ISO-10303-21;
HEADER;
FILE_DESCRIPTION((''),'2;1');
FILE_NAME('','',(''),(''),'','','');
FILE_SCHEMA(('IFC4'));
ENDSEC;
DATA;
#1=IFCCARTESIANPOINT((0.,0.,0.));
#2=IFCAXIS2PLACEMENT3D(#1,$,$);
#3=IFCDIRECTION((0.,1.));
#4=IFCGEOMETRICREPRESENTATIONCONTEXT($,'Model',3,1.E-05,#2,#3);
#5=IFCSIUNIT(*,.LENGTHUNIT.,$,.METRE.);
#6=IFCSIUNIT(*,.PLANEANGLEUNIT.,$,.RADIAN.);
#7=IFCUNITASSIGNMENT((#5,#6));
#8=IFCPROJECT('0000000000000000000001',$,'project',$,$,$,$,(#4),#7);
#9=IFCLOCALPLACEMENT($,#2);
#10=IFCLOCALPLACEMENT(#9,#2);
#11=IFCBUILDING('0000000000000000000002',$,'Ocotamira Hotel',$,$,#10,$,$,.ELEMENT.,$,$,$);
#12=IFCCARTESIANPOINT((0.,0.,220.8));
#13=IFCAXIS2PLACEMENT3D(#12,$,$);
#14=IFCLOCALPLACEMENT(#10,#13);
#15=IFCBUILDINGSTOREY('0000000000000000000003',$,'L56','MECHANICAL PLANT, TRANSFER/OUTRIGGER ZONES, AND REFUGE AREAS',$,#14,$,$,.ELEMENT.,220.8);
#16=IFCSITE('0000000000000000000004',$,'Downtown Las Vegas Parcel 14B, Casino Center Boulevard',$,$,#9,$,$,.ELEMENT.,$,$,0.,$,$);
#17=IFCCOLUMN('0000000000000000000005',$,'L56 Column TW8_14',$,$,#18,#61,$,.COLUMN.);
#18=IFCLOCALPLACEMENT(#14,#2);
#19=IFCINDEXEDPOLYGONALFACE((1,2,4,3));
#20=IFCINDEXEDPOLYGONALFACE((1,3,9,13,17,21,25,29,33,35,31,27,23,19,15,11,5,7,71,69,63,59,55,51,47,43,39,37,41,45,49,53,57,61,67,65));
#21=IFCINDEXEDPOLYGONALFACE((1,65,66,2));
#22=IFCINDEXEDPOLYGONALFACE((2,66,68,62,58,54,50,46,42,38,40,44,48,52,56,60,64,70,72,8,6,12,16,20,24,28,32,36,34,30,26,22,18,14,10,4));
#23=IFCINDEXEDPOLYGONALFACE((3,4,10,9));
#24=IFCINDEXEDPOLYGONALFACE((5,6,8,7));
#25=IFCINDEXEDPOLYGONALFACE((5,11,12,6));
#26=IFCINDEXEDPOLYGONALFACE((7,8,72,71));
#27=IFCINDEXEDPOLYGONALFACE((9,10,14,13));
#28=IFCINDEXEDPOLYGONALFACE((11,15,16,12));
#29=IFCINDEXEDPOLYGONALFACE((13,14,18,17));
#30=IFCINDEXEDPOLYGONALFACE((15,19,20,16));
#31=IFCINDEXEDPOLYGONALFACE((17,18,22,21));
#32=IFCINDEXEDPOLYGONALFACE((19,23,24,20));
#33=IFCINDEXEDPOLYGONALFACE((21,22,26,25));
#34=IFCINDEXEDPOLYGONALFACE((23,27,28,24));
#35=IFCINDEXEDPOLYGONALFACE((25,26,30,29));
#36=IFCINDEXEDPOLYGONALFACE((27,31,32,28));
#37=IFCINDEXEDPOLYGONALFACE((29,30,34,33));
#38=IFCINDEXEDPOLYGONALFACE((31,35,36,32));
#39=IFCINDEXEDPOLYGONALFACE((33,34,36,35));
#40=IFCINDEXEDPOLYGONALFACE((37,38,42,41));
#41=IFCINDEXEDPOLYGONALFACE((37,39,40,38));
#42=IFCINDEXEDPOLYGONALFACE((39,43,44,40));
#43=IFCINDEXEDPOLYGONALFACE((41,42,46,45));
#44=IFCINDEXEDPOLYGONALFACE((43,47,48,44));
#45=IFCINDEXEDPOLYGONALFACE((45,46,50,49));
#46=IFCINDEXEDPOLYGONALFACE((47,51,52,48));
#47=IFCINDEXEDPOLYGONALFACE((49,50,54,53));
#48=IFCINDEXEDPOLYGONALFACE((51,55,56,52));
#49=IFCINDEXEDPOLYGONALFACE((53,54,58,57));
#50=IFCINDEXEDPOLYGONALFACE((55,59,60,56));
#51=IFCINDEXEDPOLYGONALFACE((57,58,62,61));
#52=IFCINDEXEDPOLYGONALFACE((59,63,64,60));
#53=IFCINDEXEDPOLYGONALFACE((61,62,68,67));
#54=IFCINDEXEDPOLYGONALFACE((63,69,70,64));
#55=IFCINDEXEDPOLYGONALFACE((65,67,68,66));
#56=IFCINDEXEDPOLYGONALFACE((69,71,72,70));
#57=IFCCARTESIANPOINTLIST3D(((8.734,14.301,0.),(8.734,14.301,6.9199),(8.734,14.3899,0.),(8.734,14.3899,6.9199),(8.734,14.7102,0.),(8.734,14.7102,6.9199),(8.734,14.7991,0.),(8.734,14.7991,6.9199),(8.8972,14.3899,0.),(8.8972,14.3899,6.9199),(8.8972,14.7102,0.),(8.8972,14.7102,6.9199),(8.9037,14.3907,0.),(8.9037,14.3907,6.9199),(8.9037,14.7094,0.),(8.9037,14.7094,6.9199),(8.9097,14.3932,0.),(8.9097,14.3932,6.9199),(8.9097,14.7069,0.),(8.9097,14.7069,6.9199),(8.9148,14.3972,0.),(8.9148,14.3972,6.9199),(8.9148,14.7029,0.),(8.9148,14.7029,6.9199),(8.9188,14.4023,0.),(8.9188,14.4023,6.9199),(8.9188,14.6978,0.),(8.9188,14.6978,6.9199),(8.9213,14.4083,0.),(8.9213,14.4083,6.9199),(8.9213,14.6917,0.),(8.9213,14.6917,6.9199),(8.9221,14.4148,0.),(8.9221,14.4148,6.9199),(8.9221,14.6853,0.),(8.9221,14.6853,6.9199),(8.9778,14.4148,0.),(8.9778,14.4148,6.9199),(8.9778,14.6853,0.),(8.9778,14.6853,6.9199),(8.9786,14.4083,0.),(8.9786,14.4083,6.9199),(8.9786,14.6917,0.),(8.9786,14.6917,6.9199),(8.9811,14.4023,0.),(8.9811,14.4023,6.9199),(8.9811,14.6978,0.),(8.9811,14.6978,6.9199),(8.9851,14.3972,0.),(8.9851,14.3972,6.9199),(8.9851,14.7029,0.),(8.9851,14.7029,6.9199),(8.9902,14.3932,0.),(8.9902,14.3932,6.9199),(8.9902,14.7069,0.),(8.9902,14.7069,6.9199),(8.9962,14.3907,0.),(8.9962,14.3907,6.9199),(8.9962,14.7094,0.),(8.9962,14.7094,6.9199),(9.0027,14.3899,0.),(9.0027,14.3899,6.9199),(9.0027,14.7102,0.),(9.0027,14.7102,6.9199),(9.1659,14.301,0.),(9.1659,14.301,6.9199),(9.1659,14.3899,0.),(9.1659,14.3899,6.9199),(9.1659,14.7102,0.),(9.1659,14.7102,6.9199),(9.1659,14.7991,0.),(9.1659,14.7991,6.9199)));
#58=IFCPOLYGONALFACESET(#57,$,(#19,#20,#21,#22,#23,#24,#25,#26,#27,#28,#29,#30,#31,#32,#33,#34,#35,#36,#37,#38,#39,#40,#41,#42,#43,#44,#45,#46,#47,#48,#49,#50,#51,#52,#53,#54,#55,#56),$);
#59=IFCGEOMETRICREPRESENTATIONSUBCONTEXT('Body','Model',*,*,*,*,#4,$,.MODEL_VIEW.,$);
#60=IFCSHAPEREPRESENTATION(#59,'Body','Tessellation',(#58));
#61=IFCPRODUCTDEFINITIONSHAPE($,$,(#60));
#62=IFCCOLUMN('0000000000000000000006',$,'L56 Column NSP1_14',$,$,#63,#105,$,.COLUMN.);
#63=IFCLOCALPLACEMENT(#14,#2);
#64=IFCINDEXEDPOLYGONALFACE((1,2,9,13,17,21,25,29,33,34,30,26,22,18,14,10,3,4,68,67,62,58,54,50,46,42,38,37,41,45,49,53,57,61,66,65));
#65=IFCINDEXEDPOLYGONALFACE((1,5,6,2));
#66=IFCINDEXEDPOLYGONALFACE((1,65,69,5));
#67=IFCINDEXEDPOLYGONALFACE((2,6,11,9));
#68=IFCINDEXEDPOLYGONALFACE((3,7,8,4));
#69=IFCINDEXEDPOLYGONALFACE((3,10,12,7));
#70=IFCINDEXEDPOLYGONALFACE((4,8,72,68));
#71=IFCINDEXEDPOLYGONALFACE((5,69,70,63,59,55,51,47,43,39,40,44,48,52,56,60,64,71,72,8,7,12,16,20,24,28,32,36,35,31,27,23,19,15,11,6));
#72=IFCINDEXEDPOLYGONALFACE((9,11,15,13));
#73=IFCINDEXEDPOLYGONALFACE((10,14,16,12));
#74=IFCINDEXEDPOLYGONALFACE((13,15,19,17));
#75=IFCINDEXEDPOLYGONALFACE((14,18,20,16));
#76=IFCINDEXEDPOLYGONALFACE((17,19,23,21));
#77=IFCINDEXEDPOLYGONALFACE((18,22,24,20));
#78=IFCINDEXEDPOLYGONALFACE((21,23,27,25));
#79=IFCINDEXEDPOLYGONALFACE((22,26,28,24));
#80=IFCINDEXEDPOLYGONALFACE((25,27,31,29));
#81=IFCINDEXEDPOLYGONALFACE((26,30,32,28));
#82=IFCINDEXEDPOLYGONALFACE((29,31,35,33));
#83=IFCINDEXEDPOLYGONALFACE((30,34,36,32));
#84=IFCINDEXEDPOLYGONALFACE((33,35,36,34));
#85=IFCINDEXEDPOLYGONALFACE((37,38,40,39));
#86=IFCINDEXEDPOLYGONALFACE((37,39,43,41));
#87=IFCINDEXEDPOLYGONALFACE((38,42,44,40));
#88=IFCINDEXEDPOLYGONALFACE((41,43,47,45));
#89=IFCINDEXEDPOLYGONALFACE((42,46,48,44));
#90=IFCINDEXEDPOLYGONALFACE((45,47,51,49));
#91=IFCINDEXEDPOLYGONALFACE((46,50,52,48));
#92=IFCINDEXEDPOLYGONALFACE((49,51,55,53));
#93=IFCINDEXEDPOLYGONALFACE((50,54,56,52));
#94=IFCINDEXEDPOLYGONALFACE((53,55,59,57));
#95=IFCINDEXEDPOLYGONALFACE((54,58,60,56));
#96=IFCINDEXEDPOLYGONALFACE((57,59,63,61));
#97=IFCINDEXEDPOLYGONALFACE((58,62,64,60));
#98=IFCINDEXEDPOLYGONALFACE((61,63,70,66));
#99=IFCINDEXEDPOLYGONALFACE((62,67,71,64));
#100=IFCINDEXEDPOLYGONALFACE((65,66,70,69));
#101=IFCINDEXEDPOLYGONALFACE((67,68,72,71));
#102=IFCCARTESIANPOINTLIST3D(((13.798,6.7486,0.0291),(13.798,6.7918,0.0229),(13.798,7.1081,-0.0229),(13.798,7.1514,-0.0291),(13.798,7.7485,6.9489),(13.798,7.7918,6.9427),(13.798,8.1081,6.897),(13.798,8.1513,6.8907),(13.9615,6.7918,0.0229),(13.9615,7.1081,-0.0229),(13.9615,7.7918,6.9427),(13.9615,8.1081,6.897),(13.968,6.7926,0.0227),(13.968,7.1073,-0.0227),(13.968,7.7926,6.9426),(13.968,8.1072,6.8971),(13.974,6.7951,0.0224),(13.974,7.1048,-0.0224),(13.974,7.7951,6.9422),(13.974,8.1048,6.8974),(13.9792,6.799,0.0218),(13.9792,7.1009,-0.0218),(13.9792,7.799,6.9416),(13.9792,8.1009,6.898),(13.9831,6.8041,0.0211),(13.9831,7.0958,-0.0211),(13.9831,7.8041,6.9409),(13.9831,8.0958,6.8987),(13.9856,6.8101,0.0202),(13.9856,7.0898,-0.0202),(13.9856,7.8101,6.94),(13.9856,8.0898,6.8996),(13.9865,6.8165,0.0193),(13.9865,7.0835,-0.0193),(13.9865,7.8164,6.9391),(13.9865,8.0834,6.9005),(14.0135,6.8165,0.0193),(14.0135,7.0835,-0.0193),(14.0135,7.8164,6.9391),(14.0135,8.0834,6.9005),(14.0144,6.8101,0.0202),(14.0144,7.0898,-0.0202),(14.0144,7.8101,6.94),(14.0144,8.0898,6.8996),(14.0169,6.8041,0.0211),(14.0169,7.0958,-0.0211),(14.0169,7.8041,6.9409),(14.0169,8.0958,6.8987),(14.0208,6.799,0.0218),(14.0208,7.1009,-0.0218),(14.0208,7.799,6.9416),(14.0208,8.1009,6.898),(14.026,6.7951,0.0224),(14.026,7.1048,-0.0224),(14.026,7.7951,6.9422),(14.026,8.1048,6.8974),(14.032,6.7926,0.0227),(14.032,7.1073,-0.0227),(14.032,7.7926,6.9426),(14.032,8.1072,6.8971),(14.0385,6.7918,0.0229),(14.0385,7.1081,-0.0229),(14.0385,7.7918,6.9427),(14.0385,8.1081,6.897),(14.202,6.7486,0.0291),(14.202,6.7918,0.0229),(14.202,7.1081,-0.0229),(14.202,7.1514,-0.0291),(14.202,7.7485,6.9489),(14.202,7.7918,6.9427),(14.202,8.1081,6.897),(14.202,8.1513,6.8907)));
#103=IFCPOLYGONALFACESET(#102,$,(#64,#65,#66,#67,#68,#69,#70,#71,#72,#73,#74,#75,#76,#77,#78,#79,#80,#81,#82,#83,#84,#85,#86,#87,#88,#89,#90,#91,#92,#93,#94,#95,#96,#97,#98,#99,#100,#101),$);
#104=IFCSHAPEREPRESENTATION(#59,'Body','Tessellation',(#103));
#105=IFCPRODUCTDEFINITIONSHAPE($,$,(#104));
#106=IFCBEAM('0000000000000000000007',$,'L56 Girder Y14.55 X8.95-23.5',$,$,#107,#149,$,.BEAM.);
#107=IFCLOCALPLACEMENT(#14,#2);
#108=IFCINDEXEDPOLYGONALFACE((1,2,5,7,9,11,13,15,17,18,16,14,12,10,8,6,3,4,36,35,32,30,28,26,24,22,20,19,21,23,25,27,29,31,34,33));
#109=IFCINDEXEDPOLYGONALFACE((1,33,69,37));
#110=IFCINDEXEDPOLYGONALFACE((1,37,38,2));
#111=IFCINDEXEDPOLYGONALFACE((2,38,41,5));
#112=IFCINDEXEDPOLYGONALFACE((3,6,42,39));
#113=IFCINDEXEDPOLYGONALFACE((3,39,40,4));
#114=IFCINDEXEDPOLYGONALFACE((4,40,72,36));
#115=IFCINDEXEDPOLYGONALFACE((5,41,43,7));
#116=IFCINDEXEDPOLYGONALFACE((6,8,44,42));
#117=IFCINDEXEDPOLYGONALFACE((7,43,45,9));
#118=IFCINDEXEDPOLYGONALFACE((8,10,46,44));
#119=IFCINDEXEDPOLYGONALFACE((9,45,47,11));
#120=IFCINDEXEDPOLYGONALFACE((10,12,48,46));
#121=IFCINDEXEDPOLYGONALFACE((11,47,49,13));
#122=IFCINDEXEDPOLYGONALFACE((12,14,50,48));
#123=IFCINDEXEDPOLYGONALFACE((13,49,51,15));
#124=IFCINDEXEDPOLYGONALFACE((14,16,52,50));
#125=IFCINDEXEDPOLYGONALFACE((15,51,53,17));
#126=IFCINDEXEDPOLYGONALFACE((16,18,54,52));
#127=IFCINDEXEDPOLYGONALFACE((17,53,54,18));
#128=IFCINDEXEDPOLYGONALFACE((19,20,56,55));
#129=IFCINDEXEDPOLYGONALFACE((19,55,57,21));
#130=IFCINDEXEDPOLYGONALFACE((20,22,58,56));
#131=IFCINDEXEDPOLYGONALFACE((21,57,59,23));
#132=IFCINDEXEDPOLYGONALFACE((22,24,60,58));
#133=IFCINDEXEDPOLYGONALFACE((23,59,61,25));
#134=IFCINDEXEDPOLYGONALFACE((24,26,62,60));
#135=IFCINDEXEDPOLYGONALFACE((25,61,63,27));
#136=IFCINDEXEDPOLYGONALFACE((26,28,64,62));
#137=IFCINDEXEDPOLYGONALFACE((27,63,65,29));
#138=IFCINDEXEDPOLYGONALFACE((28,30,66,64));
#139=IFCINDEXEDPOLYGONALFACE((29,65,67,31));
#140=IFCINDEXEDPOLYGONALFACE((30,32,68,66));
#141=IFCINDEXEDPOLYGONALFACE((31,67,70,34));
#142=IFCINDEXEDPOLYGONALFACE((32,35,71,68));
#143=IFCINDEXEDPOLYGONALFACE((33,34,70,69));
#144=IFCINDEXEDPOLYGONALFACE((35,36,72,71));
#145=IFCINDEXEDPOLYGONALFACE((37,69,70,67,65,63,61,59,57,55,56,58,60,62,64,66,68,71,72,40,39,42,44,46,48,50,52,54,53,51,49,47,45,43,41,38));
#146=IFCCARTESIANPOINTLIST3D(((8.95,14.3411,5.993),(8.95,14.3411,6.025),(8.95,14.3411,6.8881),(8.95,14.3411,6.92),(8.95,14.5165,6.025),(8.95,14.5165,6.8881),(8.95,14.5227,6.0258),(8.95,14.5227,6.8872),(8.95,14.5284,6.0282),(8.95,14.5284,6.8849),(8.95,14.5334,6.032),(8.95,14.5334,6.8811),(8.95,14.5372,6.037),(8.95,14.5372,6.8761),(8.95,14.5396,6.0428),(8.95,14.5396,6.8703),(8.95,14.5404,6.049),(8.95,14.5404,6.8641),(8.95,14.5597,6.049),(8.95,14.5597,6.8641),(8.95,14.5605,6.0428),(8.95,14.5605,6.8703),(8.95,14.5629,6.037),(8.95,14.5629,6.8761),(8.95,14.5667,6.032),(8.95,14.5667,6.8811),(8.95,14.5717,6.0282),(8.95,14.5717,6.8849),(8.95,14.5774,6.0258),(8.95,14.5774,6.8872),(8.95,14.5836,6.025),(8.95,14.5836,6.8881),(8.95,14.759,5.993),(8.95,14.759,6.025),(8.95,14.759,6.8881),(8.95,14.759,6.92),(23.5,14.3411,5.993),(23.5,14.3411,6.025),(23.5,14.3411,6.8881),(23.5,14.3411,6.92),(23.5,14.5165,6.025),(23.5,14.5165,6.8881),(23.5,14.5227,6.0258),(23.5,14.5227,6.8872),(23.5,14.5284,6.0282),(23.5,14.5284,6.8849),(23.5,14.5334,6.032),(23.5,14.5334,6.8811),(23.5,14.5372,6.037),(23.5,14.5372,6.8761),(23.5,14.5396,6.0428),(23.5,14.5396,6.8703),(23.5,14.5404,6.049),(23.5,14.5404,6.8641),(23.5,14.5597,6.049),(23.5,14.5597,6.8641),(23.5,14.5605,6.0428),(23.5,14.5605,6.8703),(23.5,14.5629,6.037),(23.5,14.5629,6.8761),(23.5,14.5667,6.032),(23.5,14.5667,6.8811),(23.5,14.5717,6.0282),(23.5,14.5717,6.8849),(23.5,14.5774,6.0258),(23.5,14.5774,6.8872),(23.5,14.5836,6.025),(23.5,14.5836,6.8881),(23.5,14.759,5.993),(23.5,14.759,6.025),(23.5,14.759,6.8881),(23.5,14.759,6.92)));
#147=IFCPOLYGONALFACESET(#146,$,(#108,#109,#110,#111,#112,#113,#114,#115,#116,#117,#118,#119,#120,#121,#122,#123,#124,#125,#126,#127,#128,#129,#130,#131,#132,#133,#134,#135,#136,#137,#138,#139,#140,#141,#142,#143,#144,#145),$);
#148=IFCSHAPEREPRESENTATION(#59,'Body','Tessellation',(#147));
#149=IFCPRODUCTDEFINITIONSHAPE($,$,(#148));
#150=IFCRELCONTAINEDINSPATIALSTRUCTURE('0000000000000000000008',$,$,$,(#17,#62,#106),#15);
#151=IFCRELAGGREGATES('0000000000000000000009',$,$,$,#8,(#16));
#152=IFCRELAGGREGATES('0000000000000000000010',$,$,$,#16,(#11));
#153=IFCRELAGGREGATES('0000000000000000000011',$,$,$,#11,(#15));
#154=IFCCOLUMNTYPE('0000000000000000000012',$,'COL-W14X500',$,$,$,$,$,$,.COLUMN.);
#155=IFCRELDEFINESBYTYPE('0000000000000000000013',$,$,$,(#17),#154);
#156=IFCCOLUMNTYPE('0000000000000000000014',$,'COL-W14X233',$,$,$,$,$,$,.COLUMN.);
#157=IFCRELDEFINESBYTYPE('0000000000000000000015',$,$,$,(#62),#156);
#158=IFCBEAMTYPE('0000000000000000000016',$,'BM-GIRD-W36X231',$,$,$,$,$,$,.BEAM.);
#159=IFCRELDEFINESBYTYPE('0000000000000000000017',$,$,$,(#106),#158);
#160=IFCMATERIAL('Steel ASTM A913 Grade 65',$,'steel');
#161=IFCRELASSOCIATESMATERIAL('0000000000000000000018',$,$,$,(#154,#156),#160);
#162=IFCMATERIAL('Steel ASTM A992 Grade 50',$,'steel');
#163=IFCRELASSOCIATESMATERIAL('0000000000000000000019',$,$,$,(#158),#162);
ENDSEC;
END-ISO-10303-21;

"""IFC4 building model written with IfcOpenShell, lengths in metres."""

from ifc_helpers import new_model, si_unit, direction, frame, origin, origin_2d, place, context, subcontext, project, spatial, i_section, extrude, source, transform, mapped, material, material_profile, profile_set, type_object, element, save


model = new_model("IFC4")

# Units and contexts
model_context = context("Model", 3, precision=1e-05, world=origin(), true_north=direction((0.0, 1.0)))
body_context = subcontext(model_context, "Body", "Model", "MODEL_VIEW")
ifc_project = project(units=[si_unit("LENGTHUNIT", "METRE"), si_unit("PLANEANGLEUNIT", "RADIAN")], contexts=[model_context])

# Site, building, storey
site_placement = place(None, origin())
site = spatial("IfcSite", under=ifc_project, at=site_placement, Name="Downtown Las Vegas Parcel 14B, Casino Center Boulevard", CompositionType="ELEMENT", RefElevation=0.0)
building_placement = place(site_placement, origin())
building = spatial("IfcBuilding", under=site, at=building_placement, Name="Ocotamira Hotel", CompositionType="ELEMENT")
storey_placement = place(building_placement, frame((0.0, 0.0, 220.8)))
storey = spatial("IfcBuildingStorey", under=building, at=storey_placement, Name="L56", Description="MECHANICAL PLANT, TRANSFER/OUTRIGGER ZONES, AND REFUGE AREAS", CompositionType="ELEMENT", Elevation=220.8)

# Columns
ifc_material_1 = material(Name="Steel ASTM A913 Grade 65", Category="steel")
ifc_material_profile_1 = material_profile(ifc_material_1, i_section(OverallWidth=0.4319, OverallDepth=0.498, WebThickness=0.0557, FlangeThickness=0.0889, FilletRadius=0.0249, at=origin_2d()), Name="W14X500")
ifc_profile_set_1 = profile_set([ifc_material_profile_1], Name="Steel ASTM A913 Grade 65")
column_type_1 = type_object("IfcColumnType", Name="COL-W14X500", PredefinedType="COLUMN", material=ifc_profile_set_1)
shared_shape_1 = source(origin(), body_context, "Body", "SweptSolid", [
    extrude(i_section(OverallWidth=0.4319, OverallDepth=0.498, WebThickness=0.0557, FlangeThickness=0.0889, FilletRadius=0.0249, at=origin_2d()), origin(), (0.0, 0.0, 1.0), 6.9199),
])
column_1_placement = place(storey_placement, frame((8.95, 14.55, 0.0), z_axis=(0.0, 0.0, 1.0), x_axis=(1.0, 0.0, 0.0)))
element("IfcColumn", 1, at=column_1_placement, inside=storey, type_object=column_type_1, Name="L56 Column TW8_14", PredefinedType="COLUMN", context=body_context, shape_type="MappedRepresentation", body=[
    mapped(shared_shape_1, transform((0.0, 0.0, 0.0), scale=1.0)),
])
ifc_material_profile_2 = material_profile(ifc_material_1, i_section(OverallWidth=0.4041, OverallDepth=0.407, WebThickness=0.0271, FlangeThickness=0.0437, FilletRadius=0.0249, at=origin_2d()), Name="W14X233")
ifc_profile_set_2 = profile_set([ifc_material_profile_2], Name="Steel ASTM A913 Grade 65")
column_type_2 = type_object("IfcColumnType", Name="COL-W14X233", PredefinedType="COLUMN", material=ifc_profile_set_2)
shared_shape_2 = source(origin(), body_context, "Body", "SweptSolid", [
    extrude(i_section(OverallWidth=0.4041, OverallDepth=0.407, WebThickness=0.0271, FlangeThickness=0.0437, FilletRadius=0.0249, at=origin_2d()), origin(), (0.0, 0.0, 1.0), 6.9917),
])
column_2_placement = place(storey_placement, frame((14.0, 6.95, 0.0), z_axis=(0.0, 0.143025, 0.989719), x_axis=(-1.0, 0.0, 0.0)))
element("IfcColumn", 2, at=column_2_placement, inside=storey, type_object=column_type_2, Name="L56 Column NSP1_14", PredefinedType="COLUMN", context=body_context, shape_type="MappedRepresentation", body=[
    mapped(shared_shape_2, transform((0.0, 0.0, 0.0), scale=1.0)),
])

# Beam
ifc_material_2 = material(Name="Steel ASTM A992 Grade 50", Category="steel")
ifc_material_profile_3 = material_profile(ifc_material_2, i_section(OverallWidth=0.418, OverallDepth=0.927, WebThickness=0.0193, FlangeThickness=0.032, FilletRadius=0.0239, at=origin_2d()), Name="W36X231")
ifc_profile_set_3 = profile_set([ifc_material_profile_3], Name="Steel ASTM A992 Grade 50")
beam_type_1 = type_object("IfcBeamType", Name="BM-GIRD-W36X231", PredefinedType="BEAM", material=ifc_profile_set_3)
shared_shape_3 = source(origin(), body_context, "Body", "SweptSolid", [
    extrude(i_section(OverallWidth=0.418, OverallDepth=0.927, WebThickness=0.0193, FlangeThickness=0.032, FilletRadius=0.0239, at=origin_2d()), origin(), (0.0, 0.0, 1.0), 14.55),
])
beam_1_placement = place(storey_placement, frame((8.95, 14.55, 6.4565), z_axis=(1.0, 0.0, 0.0), x_axis=(0.0, 1.0, 0.0)))
element("IfcBeam", 3, at=beam_1_placement, inside=storey, type_object=beam_type_1, Name="L56 Girder Y14.55 X8.95-23.5", PredefinedType="BEAM", context=body_context, shape_type="MappedRepresentation", body=[
    mapped(shared_shape_3, transform((0.0, 0.0, 0.0), scale=1.0)),
])

save(model, "model.ifc")
